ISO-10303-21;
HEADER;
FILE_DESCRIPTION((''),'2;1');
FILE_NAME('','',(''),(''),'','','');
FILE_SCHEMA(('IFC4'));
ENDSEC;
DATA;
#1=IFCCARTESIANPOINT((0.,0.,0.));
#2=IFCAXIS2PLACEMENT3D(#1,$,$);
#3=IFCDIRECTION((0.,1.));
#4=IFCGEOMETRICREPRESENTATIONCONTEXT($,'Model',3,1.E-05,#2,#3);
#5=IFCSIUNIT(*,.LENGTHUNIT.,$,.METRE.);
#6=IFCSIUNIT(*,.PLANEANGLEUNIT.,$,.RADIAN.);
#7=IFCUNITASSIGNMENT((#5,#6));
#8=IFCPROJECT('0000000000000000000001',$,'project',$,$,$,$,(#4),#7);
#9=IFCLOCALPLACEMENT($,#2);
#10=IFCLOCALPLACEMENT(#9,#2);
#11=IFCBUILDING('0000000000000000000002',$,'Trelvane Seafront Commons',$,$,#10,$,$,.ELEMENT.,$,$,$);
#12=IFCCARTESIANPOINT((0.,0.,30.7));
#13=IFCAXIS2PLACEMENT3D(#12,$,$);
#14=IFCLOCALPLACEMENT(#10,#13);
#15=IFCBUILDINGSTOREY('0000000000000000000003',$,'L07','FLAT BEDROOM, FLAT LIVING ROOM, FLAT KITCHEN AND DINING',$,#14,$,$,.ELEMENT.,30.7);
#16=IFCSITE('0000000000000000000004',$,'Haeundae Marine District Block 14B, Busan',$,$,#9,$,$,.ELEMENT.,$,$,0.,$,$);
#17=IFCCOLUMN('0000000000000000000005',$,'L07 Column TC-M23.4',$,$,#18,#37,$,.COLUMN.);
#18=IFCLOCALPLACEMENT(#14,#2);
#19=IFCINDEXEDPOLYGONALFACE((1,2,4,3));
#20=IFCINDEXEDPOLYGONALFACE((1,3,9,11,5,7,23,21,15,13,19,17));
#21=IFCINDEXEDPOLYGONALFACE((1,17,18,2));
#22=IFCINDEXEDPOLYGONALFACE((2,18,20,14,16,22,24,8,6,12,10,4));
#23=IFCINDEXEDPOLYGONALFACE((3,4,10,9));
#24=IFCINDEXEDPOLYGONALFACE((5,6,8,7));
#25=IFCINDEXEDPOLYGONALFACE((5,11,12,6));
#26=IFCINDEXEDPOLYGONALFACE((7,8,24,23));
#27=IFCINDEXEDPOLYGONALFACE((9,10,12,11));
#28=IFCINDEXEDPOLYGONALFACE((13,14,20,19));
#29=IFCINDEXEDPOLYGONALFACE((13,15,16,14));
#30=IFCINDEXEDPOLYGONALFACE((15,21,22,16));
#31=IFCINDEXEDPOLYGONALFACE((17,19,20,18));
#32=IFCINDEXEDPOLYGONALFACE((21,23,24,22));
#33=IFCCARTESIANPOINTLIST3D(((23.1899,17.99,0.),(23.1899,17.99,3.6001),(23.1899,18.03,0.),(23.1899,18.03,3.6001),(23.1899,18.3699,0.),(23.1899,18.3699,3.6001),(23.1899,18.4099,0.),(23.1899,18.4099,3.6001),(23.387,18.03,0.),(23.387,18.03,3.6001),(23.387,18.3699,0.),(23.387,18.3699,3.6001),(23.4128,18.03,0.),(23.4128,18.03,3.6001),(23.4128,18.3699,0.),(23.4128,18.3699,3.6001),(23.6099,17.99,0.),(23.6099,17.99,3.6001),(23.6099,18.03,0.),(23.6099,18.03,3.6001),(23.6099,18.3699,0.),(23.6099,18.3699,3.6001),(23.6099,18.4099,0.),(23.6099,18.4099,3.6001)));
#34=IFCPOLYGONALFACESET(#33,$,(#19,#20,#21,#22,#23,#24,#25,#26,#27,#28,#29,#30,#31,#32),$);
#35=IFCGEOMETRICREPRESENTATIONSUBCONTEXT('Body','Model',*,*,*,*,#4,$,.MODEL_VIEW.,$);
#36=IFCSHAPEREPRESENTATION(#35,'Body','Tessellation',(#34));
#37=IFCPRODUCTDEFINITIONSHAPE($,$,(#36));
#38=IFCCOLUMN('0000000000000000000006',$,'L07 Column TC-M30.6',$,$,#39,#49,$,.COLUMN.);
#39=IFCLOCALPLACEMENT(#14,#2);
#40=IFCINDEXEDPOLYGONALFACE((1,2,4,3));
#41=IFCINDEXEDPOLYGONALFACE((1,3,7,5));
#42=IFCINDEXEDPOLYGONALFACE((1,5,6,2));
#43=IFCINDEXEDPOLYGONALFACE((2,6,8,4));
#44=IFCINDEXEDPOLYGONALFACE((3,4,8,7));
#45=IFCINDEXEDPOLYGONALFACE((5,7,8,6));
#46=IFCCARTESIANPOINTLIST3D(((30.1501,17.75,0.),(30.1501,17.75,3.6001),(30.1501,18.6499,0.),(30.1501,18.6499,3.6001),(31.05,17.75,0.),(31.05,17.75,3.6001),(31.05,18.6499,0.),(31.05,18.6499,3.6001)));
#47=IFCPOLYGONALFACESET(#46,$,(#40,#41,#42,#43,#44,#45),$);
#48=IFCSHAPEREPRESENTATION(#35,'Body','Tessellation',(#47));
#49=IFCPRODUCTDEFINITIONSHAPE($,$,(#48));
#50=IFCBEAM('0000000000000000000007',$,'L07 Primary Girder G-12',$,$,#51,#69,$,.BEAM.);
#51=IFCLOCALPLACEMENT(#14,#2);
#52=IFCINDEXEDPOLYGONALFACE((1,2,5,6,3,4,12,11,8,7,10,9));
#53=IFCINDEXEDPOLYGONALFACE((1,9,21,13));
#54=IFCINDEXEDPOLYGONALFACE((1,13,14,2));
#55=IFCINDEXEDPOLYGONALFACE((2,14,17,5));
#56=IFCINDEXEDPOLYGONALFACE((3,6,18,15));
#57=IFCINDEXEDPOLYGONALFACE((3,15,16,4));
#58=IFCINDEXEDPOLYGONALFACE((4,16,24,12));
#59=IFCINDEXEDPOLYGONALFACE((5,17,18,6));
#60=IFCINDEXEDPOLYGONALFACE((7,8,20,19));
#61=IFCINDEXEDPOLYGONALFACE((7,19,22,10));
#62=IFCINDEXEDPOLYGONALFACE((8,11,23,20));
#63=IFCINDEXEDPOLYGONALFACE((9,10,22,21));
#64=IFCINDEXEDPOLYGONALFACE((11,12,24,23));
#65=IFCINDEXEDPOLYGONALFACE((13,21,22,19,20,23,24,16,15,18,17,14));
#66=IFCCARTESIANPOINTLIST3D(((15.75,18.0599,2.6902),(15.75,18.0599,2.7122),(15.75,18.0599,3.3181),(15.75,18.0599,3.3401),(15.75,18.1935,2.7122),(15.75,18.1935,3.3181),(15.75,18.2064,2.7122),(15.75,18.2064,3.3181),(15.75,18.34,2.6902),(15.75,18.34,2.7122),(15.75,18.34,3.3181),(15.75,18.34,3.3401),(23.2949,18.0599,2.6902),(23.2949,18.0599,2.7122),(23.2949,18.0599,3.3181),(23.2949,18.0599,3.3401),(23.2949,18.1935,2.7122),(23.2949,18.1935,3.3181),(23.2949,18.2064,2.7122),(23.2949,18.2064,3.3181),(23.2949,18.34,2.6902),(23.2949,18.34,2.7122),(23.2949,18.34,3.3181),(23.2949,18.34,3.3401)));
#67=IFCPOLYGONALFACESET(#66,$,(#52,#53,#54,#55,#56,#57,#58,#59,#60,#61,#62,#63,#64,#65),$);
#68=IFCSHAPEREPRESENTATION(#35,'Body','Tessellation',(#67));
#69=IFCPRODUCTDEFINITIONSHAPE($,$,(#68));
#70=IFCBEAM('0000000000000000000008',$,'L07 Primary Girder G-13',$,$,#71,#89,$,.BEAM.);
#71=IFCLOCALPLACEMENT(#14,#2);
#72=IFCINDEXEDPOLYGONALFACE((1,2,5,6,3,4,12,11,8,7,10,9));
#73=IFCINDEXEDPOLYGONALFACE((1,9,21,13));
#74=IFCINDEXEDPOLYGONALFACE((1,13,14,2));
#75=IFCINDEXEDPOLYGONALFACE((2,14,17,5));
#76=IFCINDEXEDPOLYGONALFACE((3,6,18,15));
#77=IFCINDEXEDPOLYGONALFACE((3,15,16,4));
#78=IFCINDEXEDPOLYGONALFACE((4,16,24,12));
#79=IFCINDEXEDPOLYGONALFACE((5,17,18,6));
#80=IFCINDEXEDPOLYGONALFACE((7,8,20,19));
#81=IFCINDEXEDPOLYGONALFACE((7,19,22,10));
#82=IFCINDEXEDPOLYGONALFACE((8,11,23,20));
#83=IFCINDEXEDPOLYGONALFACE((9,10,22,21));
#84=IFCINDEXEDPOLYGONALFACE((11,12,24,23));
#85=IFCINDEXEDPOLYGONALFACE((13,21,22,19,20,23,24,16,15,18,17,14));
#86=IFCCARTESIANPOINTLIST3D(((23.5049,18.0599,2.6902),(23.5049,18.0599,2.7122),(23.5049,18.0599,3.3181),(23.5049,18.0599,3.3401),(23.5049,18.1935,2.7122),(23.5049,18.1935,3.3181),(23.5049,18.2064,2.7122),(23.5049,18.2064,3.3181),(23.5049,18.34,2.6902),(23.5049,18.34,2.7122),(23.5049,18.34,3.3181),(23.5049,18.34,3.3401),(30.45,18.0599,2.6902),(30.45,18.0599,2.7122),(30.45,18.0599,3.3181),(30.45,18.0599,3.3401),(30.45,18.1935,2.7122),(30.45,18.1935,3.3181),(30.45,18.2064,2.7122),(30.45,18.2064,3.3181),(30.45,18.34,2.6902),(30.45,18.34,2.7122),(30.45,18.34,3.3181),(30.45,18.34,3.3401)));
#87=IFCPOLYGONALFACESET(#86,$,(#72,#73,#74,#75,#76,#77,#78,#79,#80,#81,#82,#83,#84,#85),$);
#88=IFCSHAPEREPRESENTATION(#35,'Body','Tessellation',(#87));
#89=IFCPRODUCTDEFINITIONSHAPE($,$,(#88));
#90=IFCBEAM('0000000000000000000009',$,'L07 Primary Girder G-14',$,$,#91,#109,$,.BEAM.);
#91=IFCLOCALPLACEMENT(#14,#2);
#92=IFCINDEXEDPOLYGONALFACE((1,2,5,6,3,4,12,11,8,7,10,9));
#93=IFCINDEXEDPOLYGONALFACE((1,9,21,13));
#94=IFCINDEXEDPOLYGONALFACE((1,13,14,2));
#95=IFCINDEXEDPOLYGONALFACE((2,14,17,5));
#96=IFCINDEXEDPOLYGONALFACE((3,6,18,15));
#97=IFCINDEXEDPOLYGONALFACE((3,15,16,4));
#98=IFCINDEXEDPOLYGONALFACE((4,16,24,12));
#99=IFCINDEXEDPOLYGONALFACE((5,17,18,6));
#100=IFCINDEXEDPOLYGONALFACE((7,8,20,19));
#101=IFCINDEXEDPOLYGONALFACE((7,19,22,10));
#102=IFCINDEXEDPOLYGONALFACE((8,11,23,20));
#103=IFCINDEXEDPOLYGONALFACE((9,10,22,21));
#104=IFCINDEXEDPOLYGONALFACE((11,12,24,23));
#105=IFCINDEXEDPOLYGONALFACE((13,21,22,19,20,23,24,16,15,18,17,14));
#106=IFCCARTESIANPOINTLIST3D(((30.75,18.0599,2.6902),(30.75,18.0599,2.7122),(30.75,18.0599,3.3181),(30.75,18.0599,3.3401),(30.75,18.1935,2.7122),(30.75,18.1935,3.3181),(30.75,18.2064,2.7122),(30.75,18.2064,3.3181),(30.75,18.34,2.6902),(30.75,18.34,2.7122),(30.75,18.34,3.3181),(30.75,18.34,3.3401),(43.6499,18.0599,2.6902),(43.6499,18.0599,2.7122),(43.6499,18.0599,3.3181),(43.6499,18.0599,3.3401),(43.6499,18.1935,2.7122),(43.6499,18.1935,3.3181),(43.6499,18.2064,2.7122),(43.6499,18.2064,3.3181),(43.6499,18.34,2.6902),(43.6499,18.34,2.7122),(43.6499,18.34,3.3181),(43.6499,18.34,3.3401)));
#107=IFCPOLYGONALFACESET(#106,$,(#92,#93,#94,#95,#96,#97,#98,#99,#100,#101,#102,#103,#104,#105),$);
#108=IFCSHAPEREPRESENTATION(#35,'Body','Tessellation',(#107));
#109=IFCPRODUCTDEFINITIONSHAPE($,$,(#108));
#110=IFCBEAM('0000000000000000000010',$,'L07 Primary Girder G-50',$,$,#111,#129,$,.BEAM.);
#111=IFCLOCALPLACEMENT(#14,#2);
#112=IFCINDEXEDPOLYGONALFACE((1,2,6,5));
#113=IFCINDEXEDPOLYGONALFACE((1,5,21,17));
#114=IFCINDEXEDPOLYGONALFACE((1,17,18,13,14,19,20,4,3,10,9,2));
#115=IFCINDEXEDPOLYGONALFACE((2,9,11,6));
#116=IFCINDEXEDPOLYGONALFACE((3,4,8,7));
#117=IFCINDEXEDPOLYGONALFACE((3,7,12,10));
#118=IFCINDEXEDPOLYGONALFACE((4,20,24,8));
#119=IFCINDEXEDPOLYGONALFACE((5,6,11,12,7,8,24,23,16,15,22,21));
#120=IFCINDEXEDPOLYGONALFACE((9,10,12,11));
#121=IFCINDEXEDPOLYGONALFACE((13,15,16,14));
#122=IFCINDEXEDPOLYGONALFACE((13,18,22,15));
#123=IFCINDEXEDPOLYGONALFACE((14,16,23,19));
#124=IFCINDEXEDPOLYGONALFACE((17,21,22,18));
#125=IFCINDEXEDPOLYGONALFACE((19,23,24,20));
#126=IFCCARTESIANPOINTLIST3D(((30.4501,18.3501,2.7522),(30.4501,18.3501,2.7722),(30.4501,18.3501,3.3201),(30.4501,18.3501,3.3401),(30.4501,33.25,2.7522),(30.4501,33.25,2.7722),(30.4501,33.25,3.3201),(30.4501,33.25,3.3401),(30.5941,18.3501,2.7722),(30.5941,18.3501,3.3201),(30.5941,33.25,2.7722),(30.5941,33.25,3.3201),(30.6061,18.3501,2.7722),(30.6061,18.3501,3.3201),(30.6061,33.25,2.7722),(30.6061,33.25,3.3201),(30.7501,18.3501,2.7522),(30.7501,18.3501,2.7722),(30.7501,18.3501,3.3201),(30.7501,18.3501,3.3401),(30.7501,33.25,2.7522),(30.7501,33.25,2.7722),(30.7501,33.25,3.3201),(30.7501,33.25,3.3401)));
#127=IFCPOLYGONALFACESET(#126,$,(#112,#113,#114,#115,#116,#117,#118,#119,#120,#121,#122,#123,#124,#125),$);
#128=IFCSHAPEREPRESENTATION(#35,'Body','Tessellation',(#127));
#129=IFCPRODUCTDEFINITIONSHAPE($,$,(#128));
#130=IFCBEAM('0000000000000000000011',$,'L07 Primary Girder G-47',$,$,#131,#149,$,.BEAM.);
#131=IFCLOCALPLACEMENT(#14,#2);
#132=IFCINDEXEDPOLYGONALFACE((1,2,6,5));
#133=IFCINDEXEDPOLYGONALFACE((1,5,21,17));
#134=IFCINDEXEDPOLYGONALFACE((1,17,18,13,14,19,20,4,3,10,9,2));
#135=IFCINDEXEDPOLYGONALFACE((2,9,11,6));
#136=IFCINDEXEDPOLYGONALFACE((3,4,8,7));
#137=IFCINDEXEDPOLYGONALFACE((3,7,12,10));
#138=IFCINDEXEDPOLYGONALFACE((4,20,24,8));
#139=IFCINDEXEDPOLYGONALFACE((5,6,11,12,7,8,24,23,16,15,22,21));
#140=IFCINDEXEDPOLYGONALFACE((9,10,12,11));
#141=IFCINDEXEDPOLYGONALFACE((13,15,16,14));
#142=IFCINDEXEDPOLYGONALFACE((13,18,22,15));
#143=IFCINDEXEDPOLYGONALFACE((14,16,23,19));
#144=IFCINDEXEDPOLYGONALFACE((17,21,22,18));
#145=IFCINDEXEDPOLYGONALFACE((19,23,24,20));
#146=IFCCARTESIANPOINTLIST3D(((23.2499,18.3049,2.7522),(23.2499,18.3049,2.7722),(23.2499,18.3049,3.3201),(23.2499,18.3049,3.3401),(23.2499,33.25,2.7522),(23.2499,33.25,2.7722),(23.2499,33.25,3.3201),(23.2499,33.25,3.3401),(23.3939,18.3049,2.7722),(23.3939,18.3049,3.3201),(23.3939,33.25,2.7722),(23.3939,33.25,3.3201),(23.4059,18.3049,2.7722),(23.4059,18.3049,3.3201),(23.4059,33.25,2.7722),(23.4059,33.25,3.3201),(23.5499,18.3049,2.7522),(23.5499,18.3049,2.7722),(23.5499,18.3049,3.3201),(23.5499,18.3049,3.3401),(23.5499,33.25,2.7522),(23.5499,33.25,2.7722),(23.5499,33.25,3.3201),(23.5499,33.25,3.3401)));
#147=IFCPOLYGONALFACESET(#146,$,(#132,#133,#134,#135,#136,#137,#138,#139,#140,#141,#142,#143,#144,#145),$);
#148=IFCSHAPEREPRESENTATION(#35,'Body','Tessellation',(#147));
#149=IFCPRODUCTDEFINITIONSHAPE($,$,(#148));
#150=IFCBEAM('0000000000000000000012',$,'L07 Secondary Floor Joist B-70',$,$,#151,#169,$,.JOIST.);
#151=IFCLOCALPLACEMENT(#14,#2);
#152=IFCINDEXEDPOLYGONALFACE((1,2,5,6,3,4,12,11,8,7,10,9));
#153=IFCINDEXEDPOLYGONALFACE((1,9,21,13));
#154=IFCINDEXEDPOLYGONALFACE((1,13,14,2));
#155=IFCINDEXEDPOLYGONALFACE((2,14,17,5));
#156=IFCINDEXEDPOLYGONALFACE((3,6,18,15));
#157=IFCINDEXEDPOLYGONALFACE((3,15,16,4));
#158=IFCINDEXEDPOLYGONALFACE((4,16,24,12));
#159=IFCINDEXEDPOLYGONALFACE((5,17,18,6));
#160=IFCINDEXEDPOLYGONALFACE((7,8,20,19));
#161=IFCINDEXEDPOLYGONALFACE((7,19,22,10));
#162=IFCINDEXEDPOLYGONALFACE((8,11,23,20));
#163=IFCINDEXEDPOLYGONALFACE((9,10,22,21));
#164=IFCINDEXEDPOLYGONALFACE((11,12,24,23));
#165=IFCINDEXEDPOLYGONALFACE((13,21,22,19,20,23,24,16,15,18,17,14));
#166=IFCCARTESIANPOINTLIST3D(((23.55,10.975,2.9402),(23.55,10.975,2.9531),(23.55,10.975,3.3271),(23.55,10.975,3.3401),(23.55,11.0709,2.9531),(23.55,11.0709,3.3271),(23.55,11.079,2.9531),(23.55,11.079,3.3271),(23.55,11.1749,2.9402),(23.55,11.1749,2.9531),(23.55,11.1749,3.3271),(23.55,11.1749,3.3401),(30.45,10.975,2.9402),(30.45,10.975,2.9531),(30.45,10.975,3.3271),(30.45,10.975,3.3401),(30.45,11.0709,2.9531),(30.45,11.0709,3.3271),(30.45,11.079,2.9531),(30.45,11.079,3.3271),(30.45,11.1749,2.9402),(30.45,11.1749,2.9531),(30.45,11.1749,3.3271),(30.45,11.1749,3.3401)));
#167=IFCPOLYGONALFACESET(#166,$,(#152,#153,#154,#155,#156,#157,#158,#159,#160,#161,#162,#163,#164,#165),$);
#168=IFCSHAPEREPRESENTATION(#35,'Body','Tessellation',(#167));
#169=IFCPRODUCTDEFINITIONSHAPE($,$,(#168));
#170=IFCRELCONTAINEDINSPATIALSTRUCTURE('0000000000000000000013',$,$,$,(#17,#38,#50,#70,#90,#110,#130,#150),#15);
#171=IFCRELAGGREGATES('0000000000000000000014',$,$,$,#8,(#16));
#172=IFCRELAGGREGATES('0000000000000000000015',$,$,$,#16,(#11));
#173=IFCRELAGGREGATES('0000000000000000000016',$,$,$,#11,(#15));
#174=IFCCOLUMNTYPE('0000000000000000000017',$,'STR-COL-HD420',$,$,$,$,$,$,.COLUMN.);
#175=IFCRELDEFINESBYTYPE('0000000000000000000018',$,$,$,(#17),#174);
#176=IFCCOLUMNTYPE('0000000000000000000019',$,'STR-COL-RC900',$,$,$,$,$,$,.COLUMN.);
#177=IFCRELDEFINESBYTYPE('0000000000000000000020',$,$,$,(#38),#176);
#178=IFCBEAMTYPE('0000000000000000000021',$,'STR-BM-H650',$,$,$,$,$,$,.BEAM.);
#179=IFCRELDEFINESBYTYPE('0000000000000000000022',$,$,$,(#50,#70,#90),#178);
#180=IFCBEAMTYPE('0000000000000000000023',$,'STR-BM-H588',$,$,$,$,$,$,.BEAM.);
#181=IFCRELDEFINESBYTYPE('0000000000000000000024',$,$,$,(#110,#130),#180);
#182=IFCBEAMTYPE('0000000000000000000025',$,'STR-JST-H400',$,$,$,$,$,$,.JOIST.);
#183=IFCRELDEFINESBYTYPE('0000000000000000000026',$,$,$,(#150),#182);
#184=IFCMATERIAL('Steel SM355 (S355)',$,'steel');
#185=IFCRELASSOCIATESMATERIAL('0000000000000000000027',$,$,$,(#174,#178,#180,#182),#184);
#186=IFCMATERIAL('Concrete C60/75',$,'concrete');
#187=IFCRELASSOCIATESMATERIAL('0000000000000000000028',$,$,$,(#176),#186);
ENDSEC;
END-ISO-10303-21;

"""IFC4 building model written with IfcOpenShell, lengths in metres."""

from ifc_helpers import new_model, si_unit, direction, frame, origin, origin_2d, place, context, subcontext, project, spatial, rectangle, i_section, extrude, source, transform, mapped, material, material_profile, profile_set, type_object, element, save


model = new_model("IFC4")

# Units and contexts
model_context = context("Model", 3, precision=1e-05, world=origin(), true_north=direction((0.0, 1.0)))
body_context = subcontext(model_context, "Body", "Model", "MODEL_VIEW")
ifc_project = project(units=[si_unit("LENGTHUNIT", "METRE"), si_unit("PLANEANGLEUNIT", "RADIAN")], contexts=[model_context])

# Site, building, storey
site_placement = place(None, origin())
site = spatial("IfcSite", under=ifc_project, at=site_placement, Name="Haeundae Marine District Block 14B, Busan", CompositionType="ELEMENT", RefElevation=0.0)
building_placement = place(site_placement, origin())
building = spatial("IfcBuilding", under=site, at=building_placement, Name="Trelvane Seafront Commons", CompositionType="ELEMENT")
storey_placement = place(building_placement, frame((0.0, 0.0, 30.7)))
storey = spatial("IfcBuildingStorey", under=building, at=storey_placement, Name="L07", Description="FLAT BEDROOM, FLAT LIVING ROOM, FLAT KITCHEN AND DINING", CompositionType="ELEMENT", Elevation=30.7)

# Columns
ifc_material_1 = material(Name="Steel SM355 (S355)", Category="steel")
ifc_material_profile_1 = material_profile(ifc_material_1, i_section(OverallWidth=0.4199, OverallDepth=0.4199, WebThickness=0.0259, FlangeThickness=0.04, at=origin_2d()), Name="HD-420x420x26x40")
ifc_profile_set_1 = profile_set([ifc_material_profile_1], Name="Steel SM355 (S355)")
column_type_1 = type_object("IfcColumnType", Name="STR-COL-HD420", PredefinedType="COLUMN", material=ifc_profile_set_1)
shared_shape_1 = source(origin(), body_context, "Body", "SweptSolid", [
    extrude(i_section(OverallWidth=0.4199, OverallDepth=0.4199, WebThickness=0.0259, FlangeThickness=0.04, at=origin_2d()), origin(), (0.0, 0.0, 1.0), 3.6001),
])
column_1_placement = place(storey_placement, frame((23.3999, 18.2, 0.0), z_axis=(0.0, 0.0, 1.0), x_axis=(1.0, 0.0, 0.0)))
element("IfcColumn", 1, at=column_1_placement, inside=storey, type_object=column_type_1, Name="L07 Column TC-M23.4", PredefinedType="COLUMN", context=body_context, shape_type="MappedRepresentation", body=[
    mapped(shared_shape_1, transform((0.0, 0.0, 0.0), x_axis=(1.0, 0.0, 0.0), y_axis=(0.0, 1.0, 0.0), z_axis=(0.0, 0.0, 1.0), scale=1.0)),
])
ifc_material_2 = material(Name="Concrete C60/75", Category="concrete")
ifc_material_profile_2 = material_profile(ifc_material_2, rectangle(XDim=0.8999, YDim=0.8999, at=origin_2d()), Name="RC-900x900")
ifc_profile_set_2 = profile_set([ifc_material_profile_2], Name="Concrete C60/75")
column_type_2 = type_object("IfcColumnType", Name="STR-COL-RC900", PredefinedType="COLUMN", material=ifc_profile_set_2)
shared_shape_2 = source(origin(), body_context, "Body", "SweptSolid", [
    extrude(rectangle(XDim=0.8999, YDim=0.8999, at=origin_2d()), origin(), (0.0, 0.0, 1.0), 3.6001),
])
column_2_placement = place(storey_placement, frame((30.6001, 18.2, 0.0), z_axis=(0.0, 0.0, 1.0), x_axis=(1.0, 0.0, 0.0)))
element("IfcColumn", 2, at=column_2_placement, inside=storey, type_object=column_type_2, Name="L07 Column TC-M30.6", PredefinedType="COLUMN", context=body_context, shape_type="MappedRepresentation", body=[
    mapped(shared_shape_2, transform((0.0, 0.0, 0.0), x_axis=(1.0, 0.0, 0.0), y_axis=(0.0, 1.0, 0.0), z_axis=(0.0, 0.0, 1.0), scale=1.0)),
])

# Beams
ifc_material_profile_3 = material_profile(ifc_material_1, i_section(OverallWidth=0.28, OverallDepth=0.6499, WebThickness=0.0129, FlangeThickness=0.022, at=origin_2d()), Name="H-650x280x13x22")
ifc_profile_set_3 = profile_set([ifc_material_profile_3], Name="Steel SM355 (S355)")
beam_type_1 = type_object("IfcBeamType", Name="STR-BM-H650", PredefinedType="BEAM", material=ifc_profile_set_3)
shared_shape_3 = source(origin(), body_context, "Body", "SweptSolid", [
    extrude(i_section(OverallWidth=0.28, OverallDepth=0.6499, WebThickness=0.0129, FlangeThickness=0.022, at=origin_2d()), origin(), (0.0, 0.0, 1.0), 7.5449),
])
beam_1_placement = place(storey_placement, frame((15.75, 18.2, 3.0151), z_axis=(1.0, 0.0, 0.0), x_axis=(0.0, 1.0, 0.0)))
element("IfcBeam", 3, at=beam_1_placement, inside=storey, type_object=beam_type_1, Name="L07 Primary Girder G-12", PredefinedType="BEAM", context=body_context, shape_type="MappedRepresentation", body=[
    mapped(shared_shape_3, transform((0.0, 0.0, 0.0), x_axis=(1.0, 0.0, 0.0), y_axis=(0.0, 1.0, 0.0), z_axis=(0.0, 0.0, 1.0), scale=1.0)),
])
shared_shape_4 = source(origin(), body_context, "Body", "SweptSolid", [
    extrude(i_section(OverallWidth=0.28, OverallDepth=0.6499, WebThickness=0.0129, FlangeThickness=0.022, at=origin_2d()), origin(), (0.0, 0.0, 1.0), 6.9451),
])
beam_2_placement = place(storey_placement, frame((23.5049, 18.2, 3.0151), z_axis=(1.0, 0.0, 0.0), x_axis=(0.0, 1.0, 0.0)))
element("IfcBeam", 4, at=beam_2_placement, inside=storey, type_object=beam_type_1, Name="L07 Primary Girder G-13", PredefinedType="BEAM", context=body_context, shape_type="MappedRepresentation", body=[
    mapped(shared_shape_4, transform((0.0, 0.0, 0.0), x_axis=(1.0, 0.0, 0.0), y_axis=(0.0, 1.0, 0.0), z_axis=(0.0, 0.0, 1.0), scale=1.0)),
])
shared_shape_5 = source(origin(), body_context, "Body", "SweptSolid", [
    extrude(i_section(OverallWidth=0.28, OverallDepth=0.6499, WebThickness=0.0129, FlangeThickness=0.022, at=origin_2d()), origin(), (0.0, 0.0, 1.0), 12.8999),
])
beam_3_placement = place(storey_placement, frame((30.75, 18.2, 3.0151), z_axis=(1.0, 0.0, 0.0), x_axis=(0.0, 1.0, 0.0)))
element("IfcBeam", 5, at=beam_3_placement, inside=storey, type_object=beam_type_1, Name="L07 Primary Girder G-14", PredefinedType="BEAM", context=body_context, shape_type="MappedRepresentation", body=[
    mapped(shared_shape_5, transform((0.0, 0.0, 0.0), x_axis=(1.0, 0.0, 0.0), y_axis=(0.0, 1.0, 0.0), z_axis=(0.0, 0.0, 1.0), scale=1.0)),
])
ifc_material_profile_4 = material_profile(ifc_material_1, i_section(OverallWidth=0.3, OverallDepth=0.5879, WebThickness=0.012, FlangeThickness=0.02, at=origin_2d()), Name="H-588x300x12x20")
ifc_profile_set_4 = profile_set([ifc_material_profile_4], Name="Steel SM355 (S355)")
beam_type_2 = type_object("IfcBeamType", Name="STR-BM-H588", PredefinedType="BEAM", material=ifc_profile_set_4)
shared_shape_6 = source(origin(), body_context, "Body", "SweptSolid", [
    extrude(i_section(OverallWidth=0.3, OverallDepth=0.5879, WebThickness=0.012, FlangeThickness=0.02, at=origin_2d()), origin(), (0.0, 0.0, 1.0), 14.8999),
])
beam_4_placement = place(storey_placement, frame((30.6001, 18.3501, 3.0461), z_axis=(0.0, 1.0, 0.0), x_axis=(-1.0, 0.0, 0.0)))
element("IfcBeam", 6, at=beam_4_placement, inside=storey, type_object=beam_type_2, Name="L07 Primary Girder G-50", PredefinedType="BEAM", context=body_context, shape_type="MappedRepresentation", body=[
    mapped(shared_shape_6, transform((0.0, 0.0, 0.0), x_axis=(1.0, 0.0, 0.0), y_axis=(0.0, 1.0, 0.0), z_axis=(0.0, 0.0, 1.0), scale=1.0)),
])
shared_shape_7 = source(origin(), body_context, "Body", "SweptSolid", [
    extrude(i_section(OverallWidth=0.3, OverallDepth=0.5879, WebThickness=0.012, FlangeThickness=0.02, at=origin_2d()), origin(), (0.0, 0.0, 1.0), 14.9451),
])
beam_5_placement = place(storey_placement, frame((23.3999, 18.3049, 3.0461), z_axis=(0.0, 1.0, 0.0), x_axis=(-1.0, 0.0, 0.0)))
element("IfcBeam", 7, at=beam_5_placement, inside=storey, type_object=beam_type_2, Name="L07 Primary Girder G-47", PredefinedType="BEAM", context=body_context, shape_type="MappedRepresentation", body=[
    mapped(shared_shape_7, transform((0.0, 0.0, 0.0), x_axis=(1.0, 0.0, 0.0), y_axis=(0.0, 1.0, 0.0), z_axis=(0.0, 0.0, 1.0), scale=1.0)),
])
ifc_material_profile_5 = material_profile(ifc_material_1, i_section(OverallWidth=0.2, OverallDepth=0.3999, WebThickness=0.0081, FlangeThickness=0.0129, at=origin_2d()), Name="H-400x200x8x13")
ifc_profile_set_5 = profile_set([ifc_material_profile_5], Name="Steel SM355 (S355)")
beam_type_3 = type_object("IfcBeamType", Name="STR-JST-H400", PredefinedType="JOIST", material=ifc_profile_set_5)
shared_shape_8 = source(origin(), body_context, "Body", "SweptSolid", [
    extrude(i_section(OverallWidth=0.2, OverallDepth=0.3999, WebThickness=0.0081, FlangeThickness=0.0129, at=origin_2d()), origin(), (0.0, 0.0, 1.0), 6.8999),
])
beam_6_placement = place(storey_placement, frame((23.55, 11.075, 3.1401), z_axis=(1.0, 0.0, 0.0), x_axis=(0.0, 1.0, 0.0)))
element("IfcBeam", 8, at=beam_6_placement, inside=storey, type_object=beam_type_3, Name="L07 Secondary Floor Joist B-70", PredefinedType="JOIST", context=body_context, shape_type="MappedRepresentation", body=[
    mapped(shared_shape_8, transform((0.0, 0.0, 0.0), x_axis=(1.0, 0.0, 0.0), y_axis=(0.0, 1.0, 0.0), z_axis=(0.0, 0.0, 1.0), scale=1.0)),
])

save(model, "model.ifc")
